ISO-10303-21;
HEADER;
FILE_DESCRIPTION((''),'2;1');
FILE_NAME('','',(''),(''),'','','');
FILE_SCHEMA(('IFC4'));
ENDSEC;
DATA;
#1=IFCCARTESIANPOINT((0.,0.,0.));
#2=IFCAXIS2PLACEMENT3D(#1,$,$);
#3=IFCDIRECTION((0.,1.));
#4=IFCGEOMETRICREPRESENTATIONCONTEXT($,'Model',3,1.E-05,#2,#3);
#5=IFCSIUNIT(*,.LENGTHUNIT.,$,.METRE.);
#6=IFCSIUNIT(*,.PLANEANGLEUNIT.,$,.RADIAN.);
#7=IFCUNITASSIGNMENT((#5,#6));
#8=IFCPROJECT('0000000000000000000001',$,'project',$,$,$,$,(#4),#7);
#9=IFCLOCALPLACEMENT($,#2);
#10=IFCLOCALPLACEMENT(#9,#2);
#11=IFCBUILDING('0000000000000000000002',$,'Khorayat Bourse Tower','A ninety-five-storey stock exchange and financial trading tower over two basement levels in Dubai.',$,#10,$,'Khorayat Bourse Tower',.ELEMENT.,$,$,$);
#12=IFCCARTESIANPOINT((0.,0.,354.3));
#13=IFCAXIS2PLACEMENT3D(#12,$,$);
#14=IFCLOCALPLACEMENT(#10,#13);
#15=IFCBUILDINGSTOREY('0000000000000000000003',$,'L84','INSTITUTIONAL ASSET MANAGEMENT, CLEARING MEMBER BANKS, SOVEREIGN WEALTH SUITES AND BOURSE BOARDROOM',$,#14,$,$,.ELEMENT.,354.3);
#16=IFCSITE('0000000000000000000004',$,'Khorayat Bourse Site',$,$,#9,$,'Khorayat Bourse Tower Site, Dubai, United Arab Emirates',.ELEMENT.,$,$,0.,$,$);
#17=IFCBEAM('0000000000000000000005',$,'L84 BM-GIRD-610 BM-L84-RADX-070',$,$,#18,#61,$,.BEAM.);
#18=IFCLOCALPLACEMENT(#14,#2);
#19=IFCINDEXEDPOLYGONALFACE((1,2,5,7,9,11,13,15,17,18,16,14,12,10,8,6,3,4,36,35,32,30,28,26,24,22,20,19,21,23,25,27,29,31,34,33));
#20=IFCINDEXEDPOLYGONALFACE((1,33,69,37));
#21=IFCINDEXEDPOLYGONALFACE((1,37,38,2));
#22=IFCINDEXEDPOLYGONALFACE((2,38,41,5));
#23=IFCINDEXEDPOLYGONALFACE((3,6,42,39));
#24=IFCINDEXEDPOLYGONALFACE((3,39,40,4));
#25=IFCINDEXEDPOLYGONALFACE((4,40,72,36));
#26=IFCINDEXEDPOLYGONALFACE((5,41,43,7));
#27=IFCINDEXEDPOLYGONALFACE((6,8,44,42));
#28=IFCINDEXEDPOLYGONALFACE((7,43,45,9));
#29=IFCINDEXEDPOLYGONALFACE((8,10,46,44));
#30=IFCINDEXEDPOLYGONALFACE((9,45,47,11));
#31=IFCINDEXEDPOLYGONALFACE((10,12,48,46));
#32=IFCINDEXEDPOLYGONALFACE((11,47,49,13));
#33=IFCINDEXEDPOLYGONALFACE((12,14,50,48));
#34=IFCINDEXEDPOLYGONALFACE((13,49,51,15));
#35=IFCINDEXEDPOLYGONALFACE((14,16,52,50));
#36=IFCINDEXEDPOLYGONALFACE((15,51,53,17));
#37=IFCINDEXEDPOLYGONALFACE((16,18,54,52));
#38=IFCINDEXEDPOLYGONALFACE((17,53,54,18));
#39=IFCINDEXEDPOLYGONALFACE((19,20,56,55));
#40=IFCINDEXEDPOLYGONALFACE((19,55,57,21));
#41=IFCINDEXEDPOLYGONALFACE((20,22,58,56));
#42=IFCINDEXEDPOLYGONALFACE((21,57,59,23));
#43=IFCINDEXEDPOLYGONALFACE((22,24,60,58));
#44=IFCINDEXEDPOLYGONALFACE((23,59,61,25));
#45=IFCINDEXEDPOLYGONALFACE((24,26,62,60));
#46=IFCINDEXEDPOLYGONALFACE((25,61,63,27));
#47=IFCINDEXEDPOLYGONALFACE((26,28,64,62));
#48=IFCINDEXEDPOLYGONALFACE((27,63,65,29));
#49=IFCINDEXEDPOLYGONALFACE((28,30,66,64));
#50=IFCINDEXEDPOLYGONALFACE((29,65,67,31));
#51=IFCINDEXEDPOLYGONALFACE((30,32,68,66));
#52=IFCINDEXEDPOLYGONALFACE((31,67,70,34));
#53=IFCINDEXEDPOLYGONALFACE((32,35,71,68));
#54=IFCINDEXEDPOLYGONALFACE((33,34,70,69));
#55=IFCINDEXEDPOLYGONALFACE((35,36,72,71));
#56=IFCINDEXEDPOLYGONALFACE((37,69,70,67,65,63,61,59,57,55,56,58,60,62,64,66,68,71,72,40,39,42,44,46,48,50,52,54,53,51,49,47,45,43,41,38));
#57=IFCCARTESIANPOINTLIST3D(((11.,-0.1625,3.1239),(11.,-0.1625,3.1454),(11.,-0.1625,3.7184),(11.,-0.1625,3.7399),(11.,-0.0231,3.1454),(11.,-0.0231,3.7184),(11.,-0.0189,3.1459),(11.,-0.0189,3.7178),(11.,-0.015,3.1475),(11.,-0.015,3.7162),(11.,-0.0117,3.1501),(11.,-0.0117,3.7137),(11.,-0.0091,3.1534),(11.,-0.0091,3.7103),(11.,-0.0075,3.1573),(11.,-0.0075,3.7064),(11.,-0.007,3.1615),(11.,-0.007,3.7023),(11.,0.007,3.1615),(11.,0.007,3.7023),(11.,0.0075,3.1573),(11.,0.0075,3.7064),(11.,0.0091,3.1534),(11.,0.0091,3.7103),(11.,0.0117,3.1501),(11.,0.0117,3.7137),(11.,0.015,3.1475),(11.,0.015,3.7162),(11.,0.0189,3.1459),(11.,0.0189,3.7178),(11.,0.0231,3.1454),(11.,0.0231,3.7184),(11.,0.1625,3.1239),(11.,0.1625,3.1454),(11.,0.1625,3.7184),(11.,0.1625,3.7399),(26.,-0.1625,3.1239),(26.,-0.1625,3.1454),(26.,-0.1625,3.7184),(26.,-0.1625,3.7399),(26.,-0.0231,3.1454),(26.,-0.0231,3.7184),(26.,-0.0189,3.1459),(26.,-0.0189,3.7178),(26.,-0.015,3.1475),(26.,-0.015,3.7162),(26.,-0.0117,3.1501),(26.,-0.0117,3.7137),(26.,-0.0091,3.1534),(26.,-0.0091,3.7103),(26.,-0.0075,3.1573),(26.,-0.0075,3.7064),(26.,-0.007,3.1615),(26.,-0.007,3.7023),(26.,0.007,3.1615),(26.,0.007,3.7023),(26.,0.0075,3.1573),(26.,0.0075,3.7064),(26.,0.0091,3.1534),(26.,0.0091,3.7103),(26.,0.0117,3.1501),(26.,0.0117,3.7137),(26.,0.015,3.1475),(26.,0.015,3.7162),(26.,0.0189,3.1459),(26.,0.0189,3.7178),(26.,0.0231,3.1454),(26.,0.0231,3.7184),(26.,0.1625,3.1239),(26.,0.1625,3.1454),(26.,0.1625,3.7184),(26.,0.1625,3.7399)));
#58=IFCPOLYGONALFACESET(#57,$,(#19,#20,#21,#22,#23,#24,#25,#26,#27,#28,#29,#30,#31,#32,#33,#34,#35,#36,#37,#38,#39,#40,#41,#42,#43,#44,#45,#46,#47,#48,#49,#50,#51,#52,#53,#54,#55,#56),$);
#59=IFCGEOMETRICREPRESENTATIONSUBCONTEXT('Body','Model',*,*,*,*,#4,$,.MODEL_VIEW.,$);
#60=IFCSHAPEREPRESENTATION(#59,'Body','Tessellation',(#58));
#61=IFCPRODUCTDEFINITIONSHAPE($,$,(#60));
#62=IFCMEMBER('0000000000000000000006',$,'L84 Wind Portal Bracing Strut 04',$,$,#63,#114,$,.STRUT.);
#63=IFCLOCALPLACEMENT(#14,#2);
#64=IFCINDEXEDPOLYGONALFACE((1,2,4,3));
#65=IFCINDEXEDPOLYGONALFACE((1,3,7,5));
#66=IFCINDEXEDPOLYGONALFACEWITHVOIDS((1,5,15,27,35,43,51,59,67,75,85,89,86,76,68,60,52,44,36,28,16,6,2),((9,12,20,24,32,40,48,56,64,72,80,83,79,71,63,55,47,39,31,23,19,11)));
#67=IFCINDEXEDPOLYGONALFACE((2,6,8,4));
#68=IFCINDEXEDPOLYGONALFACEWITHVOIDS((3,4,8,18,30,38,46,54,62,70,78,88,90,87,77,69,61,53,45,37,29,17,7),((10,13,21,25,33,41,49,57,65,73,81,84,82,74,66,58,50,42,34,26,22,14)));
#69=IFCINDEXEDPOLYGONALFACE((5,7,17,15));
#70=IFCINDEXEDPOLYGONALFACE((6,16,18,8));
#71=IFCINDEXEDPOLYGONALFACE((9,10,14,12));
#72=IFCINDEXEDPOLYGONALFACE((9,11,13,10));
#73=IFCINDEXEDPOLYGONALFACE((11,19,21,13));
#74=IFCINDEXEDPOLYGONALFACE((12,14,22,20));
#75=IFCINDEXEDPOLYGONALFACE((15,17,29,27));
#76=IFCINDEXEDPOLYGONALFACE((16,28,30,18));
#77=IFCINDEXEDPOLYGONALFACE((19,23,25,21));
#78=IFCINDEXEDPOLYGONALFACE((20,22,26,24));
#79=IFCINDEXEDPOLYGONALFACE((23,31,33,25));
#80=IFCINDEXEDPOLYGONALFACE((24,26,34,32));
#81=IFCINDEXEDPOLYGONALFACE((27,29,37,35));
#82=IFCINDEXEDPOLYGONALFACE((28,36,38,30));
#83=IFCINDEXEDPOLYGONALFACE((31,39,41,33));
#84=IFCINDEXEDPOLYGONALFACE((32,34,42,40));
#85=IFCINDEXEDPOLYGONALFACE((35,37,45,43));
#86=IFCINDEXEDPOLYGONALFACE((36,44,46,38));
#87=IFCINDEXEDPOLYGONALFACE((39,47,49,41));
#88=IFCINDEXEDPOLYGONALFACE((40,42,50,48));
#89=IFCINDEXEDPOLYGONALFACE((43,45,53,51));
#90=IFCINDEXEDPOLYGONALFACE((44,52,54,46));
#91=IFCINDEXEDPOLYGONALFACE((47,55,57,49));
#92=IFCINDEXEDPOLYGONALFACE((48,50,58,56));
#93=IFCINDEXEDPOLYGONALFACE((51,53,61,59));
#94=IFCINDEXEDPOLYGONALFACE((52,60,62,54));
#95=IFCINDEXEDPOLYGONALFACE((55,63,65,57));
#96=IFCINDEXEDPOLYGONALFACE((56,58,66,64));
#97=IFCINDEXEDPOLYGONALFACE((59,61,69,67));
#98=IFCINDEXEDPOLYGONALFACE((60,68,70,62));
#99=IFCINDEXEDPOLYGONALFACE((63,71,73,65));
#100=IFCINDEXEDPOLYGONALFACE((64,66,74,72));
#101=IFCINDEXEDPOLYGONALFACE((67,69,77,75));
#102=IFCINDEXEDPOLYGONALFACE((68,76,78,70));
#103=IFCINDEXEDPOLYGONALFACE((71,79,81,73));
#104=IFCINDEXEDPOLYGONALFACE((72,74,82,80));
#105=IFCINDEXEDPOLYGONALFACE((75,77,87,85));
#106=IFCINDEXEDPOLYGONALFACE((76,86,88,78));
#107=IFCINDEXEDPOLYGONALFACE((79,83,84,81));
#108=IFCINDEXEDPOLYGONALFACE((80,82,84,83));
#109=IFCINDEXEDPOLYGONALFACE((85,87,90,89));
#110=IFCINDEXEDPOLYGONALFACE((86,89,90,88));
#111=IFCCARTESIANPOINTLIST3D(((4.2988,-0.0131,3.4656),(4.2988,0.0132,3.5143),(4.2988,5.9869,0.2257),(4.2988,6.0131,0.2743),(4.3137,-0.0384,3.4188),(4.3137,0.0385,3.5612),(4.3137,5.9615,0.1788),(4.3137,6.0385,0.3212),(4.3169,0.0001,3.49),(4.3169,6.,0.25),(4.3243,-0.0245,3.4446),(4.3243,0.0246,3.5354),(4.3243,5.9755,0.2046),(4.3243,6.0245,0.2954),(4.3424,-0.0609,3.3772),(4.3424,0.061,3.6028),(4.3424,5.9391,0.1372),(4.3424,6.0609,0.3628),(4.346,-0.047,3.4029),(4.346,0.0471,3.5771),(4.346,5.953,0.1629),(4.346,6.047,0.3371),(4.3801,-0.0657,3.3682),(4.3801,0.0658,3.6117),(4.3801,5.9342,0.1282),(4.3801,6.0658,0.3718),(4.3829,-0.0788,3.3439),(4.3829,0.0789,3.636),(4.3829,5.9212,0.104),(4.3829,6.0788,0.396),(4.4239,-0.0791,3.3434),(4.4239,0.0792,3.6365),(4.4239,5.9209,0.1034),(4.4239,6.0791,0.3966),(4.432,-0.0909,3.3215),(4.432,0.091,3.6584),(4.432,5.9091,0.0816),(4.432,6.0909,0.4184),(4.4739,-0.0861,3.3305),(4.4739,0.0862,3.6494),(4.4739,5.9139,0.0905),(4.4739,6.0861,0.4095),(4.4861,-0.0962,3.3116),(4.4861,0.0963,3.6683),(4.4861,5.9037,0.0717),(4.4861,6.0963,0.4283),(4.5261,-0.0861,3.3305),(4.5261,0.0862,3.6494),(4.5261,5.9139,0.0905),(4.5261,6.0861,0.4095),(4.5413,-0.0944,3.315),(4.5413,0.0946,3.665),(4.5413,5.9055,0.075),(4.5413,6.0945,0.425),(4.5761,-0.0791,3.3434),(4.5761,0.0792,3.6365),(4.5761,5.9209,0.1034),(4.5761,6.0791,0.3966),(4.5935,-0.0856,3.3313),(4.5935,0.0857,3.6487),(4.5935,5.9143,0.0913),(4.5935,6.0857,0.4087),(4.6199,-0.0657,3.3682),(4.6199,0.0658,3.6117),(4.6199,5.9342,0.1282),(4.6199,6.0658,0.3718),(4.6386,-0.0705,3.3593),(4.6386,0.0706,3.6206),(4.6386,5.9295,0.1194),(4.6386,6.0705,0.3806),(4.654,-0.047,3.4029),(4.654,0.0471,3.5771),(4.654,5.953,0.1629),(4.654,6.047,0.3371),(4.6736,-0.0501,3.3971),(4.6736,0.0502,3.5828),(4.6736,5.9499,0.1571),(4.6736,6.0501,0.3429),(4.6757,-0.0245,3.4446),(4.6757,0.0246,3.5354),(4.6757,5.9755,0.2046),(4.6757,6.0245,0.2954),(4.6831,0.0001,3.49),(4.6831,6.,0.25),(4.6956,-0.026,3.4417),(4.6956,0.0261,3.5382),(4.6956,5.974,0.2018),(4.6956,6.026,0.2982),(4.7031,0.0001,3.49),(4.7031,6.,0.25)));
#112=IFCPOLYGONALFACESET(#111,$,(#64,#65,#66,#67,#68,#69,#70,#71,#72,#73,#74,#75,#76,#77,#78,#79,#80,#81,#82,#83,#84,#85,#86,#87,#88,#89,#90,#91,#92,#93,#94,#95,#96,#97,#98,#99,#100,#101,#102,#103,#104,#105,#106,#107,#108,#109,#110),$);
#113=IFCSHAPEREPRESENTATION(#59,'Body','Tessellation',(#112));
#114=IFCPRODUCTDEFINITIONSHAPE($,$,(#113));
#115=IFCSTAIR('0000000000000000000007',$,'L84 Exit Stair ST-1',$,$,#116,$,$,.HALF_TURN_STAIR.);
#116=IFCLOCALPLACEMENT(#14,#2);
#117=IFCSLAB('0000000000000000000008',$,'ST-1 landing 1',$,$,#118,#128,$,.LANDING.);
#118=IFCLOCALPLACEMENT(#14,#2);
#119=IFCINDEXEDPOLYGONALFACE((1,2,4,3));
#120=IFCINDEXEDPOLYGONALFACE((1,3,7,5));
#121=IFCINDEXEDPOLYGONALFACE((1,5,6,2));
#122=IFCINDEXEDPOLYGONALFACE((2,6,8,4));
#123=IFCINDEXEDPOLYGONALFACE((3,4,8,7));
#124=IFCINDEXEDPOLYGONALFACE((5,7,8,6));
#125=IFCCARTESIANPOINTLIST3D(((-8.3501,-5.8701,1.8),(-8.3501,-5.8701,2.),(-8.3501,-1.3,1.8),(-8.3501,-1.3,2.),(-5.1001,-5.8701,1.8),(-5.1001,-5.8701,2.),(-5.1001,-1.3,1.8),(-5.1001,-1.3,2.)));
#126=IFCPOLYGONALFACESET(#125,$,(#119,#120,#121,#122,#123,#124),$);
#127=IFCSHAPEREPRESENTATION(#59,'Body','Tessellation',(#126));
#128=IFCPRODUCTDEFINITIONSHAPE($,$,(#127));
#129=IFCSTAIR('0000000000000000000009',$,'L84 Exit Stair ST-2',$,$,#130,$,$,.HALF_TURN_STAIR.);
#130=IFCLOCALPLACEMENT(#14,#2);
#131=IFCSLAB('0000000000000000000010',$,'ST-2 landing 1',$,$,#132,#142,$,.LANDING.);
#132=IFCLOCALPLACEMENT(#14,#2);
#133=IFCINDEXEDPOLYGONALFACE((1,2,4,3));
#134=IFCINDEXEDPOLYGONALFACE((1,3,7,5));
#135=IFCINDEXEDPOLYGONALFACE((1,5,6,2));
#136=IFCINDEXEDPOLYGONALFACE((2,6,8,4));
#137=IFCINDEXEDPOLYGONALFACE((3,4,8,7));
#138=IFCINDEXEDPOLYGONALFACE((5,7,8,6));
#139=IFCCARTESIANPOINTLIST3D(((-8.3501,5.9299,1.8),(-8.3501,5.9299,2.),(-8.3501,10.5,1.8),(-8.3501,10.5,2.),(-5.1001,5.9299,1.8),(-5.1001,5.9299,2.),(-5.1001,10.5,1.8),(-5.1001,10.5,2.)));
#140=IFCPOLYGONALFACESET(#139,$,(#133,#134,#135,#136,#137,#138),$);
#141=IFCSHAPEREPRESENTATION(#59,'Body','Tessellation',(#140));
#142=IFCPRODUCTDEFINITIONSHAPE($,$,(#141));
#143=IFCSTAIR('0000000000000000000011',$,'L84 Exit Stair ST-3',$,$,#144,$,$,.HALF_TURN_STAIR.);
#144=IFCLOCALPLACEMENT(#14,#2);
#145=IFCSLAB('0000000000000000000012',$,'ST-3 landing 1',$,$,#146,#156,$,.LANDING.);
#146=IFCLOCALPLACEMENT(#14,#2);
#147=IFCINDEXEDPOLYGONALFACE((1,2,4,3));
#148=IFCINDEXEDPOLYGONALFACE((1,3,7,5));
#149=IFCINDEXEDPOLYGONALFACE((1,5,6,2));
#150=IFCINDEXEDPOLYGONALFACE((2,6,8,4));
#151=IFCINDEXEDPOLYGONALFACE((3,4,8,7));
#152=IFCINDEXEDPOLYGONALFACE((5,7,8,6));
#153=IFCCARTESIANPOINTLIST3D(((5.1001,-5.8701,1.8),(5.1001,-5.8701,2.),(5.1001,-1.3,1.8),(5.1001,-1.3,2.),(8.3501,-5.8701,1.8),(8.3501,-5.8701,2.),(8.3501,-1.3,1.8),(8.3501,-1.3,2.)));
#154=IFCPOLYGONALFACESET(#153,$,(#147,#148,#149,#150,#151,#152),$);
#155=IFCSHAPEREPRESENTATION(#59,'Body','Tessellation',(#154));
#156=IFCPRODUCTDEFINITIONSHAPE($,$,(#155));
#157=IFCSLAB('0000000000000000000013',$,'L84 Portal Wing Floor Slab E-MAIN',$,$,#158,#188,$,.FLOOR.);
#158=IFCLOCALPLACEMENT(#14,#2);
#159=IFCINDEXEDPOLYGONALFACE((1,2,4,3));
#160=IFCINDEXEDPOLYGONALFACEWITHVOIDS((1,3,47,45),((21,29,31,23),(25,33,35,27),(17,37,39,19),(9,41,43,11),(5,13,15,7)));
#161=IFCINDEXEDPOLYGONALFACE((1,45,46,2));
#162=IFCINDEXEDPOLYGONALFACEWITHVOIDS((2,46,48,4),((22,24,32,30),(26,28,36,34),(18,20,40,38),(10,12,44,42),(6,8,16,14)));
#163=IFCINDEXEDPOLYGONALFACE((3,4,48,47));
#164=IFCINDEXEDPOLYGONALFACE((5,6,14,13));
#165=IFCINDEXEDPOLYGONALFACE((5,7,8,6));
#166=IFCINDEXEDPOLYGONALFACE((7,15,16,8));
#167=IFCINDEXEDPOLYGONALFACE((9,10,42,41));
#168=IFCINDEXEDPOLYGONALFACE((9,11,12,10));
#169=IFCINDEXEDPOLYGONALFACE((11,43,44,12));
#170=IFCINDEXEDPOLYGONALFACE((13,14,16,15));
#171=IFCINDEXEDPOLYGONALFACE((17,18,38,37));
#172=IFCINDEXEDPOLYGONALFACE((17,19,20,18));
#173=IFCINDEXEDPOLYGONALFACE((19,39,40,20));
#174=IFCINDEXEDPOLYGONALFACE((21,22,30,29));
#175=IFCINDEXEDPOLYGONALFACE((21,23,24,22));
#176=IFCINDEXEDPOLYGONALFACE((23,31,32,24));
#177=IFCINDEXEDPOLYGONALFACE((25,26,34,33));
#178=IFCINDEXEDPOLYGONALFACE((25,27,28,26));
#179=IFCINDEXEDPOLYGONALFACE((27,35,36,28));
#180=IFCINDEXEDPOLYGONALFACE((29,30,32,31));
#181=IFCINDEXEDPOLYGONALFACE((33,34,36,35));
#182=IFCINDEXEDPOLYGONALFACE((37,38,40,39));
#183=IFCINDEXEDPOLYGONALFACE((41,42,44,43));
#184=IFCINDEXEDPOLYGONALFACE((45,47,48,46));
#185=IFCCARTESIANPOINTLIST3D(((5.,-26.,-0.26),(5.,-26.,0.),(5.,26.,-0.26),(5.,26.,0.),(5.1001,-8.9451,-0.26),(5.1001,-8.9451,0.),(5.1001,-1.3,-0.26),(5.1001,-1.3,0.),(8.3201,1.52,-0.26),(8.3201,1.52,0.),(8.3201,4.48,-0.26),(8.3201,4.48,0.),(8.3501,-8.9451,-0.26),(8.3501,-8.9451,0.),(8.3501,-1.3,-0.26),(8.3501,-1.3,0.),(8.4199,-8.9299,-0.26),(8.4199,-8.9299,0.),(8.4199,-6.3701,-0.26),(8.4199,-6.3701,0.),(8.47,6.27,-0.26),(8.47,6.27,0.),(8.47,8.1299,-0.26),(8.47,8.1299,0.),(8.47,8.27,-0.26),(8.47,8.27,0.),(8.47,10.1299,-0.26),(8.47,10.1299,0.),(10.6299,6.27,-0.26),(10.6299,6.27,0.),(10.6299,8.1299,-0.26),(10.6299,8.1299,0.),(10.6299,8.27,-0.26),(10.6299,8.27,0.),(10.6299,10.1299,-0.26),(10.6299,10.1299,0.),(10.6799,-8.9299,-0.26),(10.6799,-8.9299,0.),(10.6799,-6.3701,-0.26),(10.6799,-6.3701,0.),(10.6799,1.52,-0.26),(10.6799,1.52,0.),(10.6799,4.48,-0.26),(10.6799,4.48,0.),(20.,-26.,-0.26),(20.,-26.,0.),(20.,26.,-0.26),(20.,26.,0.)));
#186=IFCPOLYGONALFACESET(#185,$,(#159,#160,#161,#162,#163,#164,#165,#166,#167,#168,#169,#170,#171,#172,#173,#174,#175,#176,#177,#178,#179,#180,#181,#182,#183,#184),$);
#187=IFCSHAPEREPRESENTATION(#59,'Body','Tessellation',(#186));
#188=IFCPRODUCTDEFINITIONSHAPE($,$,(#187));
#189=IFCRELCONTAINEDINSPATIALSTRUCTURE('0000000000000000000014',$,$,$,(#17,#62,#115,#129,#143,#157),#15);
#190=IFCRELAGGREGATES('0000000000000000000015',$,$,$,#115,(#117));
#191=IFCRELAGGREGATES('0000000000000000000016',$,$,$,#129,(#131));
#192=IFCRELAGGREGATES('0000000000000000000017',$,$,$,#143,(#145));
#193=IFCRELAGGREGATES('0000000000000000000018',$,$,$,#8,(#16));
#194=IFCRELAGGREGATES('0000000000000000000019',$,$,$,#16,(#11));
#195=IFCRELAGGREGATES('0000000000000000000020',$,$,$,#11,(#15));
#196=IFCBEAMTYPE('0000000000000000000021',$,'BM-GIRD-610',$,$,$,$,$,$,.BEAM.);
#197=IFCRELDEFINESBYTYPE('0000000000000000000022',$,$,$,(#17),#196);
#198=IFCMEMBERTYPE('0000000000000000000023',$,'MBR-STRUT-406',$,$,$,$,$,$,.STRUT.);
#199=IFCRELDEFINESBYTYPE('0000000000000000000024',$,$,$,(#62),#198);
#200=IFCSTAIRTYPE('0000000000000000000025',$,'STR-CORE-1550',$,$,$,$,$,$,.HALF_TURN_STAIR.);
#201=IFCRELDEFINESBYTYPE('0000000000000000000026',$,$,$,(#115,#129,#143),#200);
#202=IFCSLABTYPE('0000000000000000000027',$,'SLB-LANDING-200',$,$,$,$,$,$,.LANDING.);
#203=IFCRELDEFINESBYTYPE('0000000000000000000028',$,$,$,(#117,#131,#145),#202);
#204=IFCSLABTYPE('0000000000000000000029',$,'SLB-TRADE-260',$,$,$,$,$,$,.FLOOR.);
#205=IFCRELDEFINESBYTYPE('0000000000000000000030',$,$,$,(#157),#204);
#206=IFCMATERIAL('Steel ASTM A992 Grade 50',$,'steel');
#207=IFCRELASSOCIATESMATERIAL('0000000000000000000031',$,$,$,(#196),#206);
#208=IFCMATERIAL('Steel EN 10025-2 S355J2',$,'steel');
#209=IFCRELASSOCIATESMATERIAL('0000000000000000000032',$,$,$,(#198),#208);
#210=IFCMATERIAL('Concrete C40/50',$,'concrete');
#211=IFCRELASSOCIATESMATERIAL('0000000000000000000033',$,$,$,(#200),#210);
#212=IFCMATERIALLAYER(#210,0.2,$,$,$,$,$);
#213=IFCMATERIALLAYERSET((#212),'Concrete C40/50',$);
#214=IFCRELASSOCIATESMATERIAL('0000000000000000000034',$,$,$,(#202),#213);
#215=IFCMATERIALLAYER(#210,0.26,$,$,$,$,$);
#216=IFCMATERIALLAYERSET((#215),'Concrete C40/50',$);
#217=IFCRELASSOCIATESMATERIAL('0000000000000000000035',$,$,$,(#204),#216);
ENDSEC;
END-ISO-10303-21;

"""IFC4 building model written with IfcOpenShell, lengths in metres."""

from ifc_helpers import new_model, si_unit, direction, frame, origin, origin_2d, place, context, subcontext, project, spatial, polyline, hollow_circle, i_section, outline, extrude, source, transform, mapped, material, layer, layer_set, material_profile, profile_set, type_object, element, aggregate, save


model = new_model("IFC4")

# Units and contexts
model_context = context("Model", 3, precision=1e-05, world=origin(), true_north=direction((0.0, 1.0)))
body_context = subcontext(model_context, "Body", "Model", "MODEL_VIEW")
ifc_project = project(units=[si_unit("LENGTHUNIT", "METRE"), si_unit("PLANEANGLEUNIT", "RADIAN")], contexts=[model_context])

# Site, building, storey
site_placement = place(None, origin())
site = spatial("IfcSite", under=ifc_project, at=site_placement, Name="Khorayat Bourse Site", LongName="Khorayat Bourse Tower Site, Dubai, United Arab Emirates", CompositionType="ELEMENT", RefElevation=0.0)
building_placement = place(site_placement, origin())
building = spatial("IfcBuilding", under=site, at=building_placement, Name="Khorayat Bourse Tower", Description="A ninety-five-storey stock exchange and financial trading tower over two basement levels in Dubai.", LongName="Khorayat Bourse Tower", CompositionType="ELEMENT")
storey_placement = place(building_placement, frame((0.0, 0.0, 354.3)))
storey = spatial("IfcBuildingStorey", under=building, at=storey_placement, Name="L84", Description="INSTITUTIONAL ASSET MANAGEMENT, CLEARING MEMBER BANKS, SOVEREIGN WEALTH SUITES AND BOURSE BOARDROOM", CompositionType="ELEMENT", Elevation=354.3)

# Beam
ifc_material_1 = material(Name="Steel ASTM A992 Grade 50", Category="steel")
ifc_material_profile_1 = material_profile(ifc_material_1, i_section(OverallWidth=0.325, OverallDepth=0.616, WebThickness=0.0139, FlangeThickness=0.0215, FilletRadius=0.0161, at=origin_2d()), Name="W610X174")
ifc_profile_set_1 = profile_set([ifc_material_profile_1], Name="Steel ASTM A992 Grade 50")
beam_type_1 = type_object("IfcBeamType", Name="BM-GIRD-610", PredefinedType="BEAM", material=ifc_profile_set_1)
shared_shape_1 = source(origin(), body_context, "Body", "SweptSolid", [
    extrude(i_section(OverallWidth=0.325, OverallDepth=0.616, WebThickness=0.0139, FlangeThickness=0.0215, FilletRadius=0.0161, at=origin_2d()), origin(), (0.0, 0.0, 1.0), 15.0),
])
beam_1_placement = place(storey_placement, frame((11.0, 0.0, 3.4319), z_axis=(1.0, 0.0, 0.0), x_axis=(0.0, 1.0, 0.0)))
element("IfcBeam", 1, at=beam_1_placement, inside=storey, type_object=beam_type_1, Name="L84 BM-GIRD-610 BM-L84-RADX-070", PredefinedType="BEAM", context=body_context, shape_type="MappedRepresentation", body=[
    mapped(shared_shape_1, transform((0.0, 0.0, 0.0), scale=1.0)),
])

# Member
ifc_material_2 = material(Name="Steel EN 10025-2 S355J2", Category="steel")
ifc_material_profile_2 = material_profile(ifc_material_2, hollow_circle(Radius=0.2031, WallThickness=0.02, at=origin_2d()), Name="CHS 406x20")
ifc_profile_set_2 = profile_set([ifc_material_profile_2], Name="Steel EN 10025-2 S355J2")
member_type = type_object("IfcMemberType", Name="MBR-STRUT-406", PredefinedType="STRUT", material=ifc_profile_set_2)
shared_shape_2 = source(origin(), body_context, "Body", "SweptSolid", [
    extrude(hollow_circle(Radius=0.2031, WallThickness=0.02, at=origin_2d()), origin(), (0.0, 0.0, 1.0), 6.8188),
])
member_placement = place(storey_placement, frame((4.5, 6.0, 0.25), z_axis=(0.0, -0.879906, 0.475148), x_axis=(1.0, 0.0, 0.0)))
element("IfcMember", 2, at=member_placement, inside=storey, type_object=member_type, Name="L84 Wind Portal Bracing Strut 04", PredefinedType="STRUT", context=body_context, shape_type="MappedRepresentation", body=[
    mapped(shared_shape_2, transform((0.0, 0.0, 0.0), scale=1.0)),
])

# Stairs, slabs
ifc_material_3 = material(Name="Concrete C40/50", Category="concrete")
stair_type = type_object("IfcStairType", Name="STR-CORE-1550", PredefinedType="HALF_TURN_STAIR", material=ifc_material_3)
stair_1_placement = place(storey_placement, origin())
stair_1 = element("IfcStair", 3, at=stair_1_placement, inside=storey, type_object=stair_type, Name="L84 Exit Stair ST-1", PredefinedType="HALF_TURN_STAIR")
ifc_layer_1 = layer(ifc_material_3, 0.2)
ifc_layer_set_1 = layer_set([ifc_layer_1], Name="Concrete C40/50")
slab_type_1 = type_object("IfcSlabType", Name="SLB-LANDING-200", PredefinedType="LANDING", material=ifc_layer_set_1)
slab_1_placement = place(storey_placement, frame((0.0, 0.0, 1.8)))
slab_1 = element("IfcSlab", 4, at=slab_1_placement, type_object=slab_type_1, Name="ST-1 landing 1", PredefinedType="LANDING", context=body_context, shape_type="SweptSolid", body=[
    extrude(outline(polyline([(-5.1001, -5.8701), (-5.1001, -1.3), (-8.3501, -1.3), (-8.3501, -5.8701), (-5.1001, -5.8701)])), origin(), (0.0, 0.0, 1.0), 0.2),
])
aggregate(stair_1, [slab_1])
stair_2_placement = place(storey_placement, origin())
stair_2 = element("IfcStair", 5, at=stair_2_placement, inside=storey, type_object=stair_type, Name="L84 Exit Stair ST-2", PredefinedType="HALF_TURN_STAIR")
slab_2_placement = place(storey_placement, frame((0.0, 0.0, 1.8)))
slab_2 = element("IfcSlab", 6, at=slab_2_placement, type_object=slab_type_1, Name="ST-2 landing 1", PredefinedType="LANDING", context=body_context, shape_type="SweptSolid", body=[
    extrude(outline(polyline([(-5.1001, 5.9299), (-5.1001, 10.5), (-8.3501, 10.5), (-8.3501, 5.9299), (-5.1001, 5.9299)])), origin(), (0.0, 0.0, 1.0), 0.2),
])
aggregate(stair_2, [slab_2])
stair_3_placement = place(storey_placement, origin())
stair_3 = element("IfcStair", 7, at=stair_3_placement, inside=storey, type_object=stair_type, Name="L84 Exit Stair ST-3", PredefinedType="HALF_TURN_STAIR")
slab_3_placement = place(storey_placement, frame((0.0, 0.0, 1.8)))
slab_3 = element("IfcSlab", 8, at=slab_3_placement, type_object=slab_type_1, Name="ST-3 landing 1", PredefinedType="LANDING", context=body_context, shape_type="SweptSolid", body=[
    extrude(outline(polyline([(8.3501, -5.8701), (8.3501, -1.3), (5.1001, -1.3), (5.1001, -5.8701), (8.3501, -5.8701)])), origin(), (0.0, 0.0, 1.0), 0.2),
])
aggregate(stair_3, [slab_3])

# Slab
ifc_layer_2 = layer(ifc_material_3, 0.26)
ifc_layer_set_2 = layer_set([ifc_layer_2], Name="Concrete C40/50")
slab_type_2 = type_object("IfcSlabType", Name="SLB-TRADE-260", PredefinedType="FLOOR", material=ifc_layer_set_2)
slab_4_placement = place(storey_placement, frame((0.0, 0.0, -0.26)))
element("IfcSlab", 9, at=slab_4_placement, inside=storey, type_object=slab_type_2, Name="L84 Portal Wing Floor Slab E-MAIN", PredefinedType="FLOOR", context=body_context, shape_type="SweptSolid", body=[
    extrude(outline(polyline([(5.0, -26.0), (20.0, -26.0), (20.0, 26.0), (5.0, 26.0), (5.0, -26.0)]), holes=[polyline([(5.1001, -8.9451), (8.3501, -8.9451), (8.3501, -1.3), (5.1001, -1.3), (5.1001, -8.9451)]), polyline([(8.47, 6.27), (10.6299, 6.27), (10.6299, 8.1299), (8.47, 8.1299), (8.47, 6.27)]), polyline([(8.47, 8.27), (10.6299, 8.27), (10.6299, 10.1299), (8.47, 10.1299), (8.47, 8.27)]), polyline([(8.4199, -8.9299), (10.6799, -8.9299), (10.6799, -6.3701), (8.4199, -6.3701), (8.4199, -8.9299)]), polyline([(8.3201, 1.52), (10.6799, 1.52), (10.6799, 4.48), (8.3201, 4.48), (8.3201, 1.52)])]), origin(), (0.0, 0.0, 1.0), 0.26),
])

save(model, "model.ifc")
